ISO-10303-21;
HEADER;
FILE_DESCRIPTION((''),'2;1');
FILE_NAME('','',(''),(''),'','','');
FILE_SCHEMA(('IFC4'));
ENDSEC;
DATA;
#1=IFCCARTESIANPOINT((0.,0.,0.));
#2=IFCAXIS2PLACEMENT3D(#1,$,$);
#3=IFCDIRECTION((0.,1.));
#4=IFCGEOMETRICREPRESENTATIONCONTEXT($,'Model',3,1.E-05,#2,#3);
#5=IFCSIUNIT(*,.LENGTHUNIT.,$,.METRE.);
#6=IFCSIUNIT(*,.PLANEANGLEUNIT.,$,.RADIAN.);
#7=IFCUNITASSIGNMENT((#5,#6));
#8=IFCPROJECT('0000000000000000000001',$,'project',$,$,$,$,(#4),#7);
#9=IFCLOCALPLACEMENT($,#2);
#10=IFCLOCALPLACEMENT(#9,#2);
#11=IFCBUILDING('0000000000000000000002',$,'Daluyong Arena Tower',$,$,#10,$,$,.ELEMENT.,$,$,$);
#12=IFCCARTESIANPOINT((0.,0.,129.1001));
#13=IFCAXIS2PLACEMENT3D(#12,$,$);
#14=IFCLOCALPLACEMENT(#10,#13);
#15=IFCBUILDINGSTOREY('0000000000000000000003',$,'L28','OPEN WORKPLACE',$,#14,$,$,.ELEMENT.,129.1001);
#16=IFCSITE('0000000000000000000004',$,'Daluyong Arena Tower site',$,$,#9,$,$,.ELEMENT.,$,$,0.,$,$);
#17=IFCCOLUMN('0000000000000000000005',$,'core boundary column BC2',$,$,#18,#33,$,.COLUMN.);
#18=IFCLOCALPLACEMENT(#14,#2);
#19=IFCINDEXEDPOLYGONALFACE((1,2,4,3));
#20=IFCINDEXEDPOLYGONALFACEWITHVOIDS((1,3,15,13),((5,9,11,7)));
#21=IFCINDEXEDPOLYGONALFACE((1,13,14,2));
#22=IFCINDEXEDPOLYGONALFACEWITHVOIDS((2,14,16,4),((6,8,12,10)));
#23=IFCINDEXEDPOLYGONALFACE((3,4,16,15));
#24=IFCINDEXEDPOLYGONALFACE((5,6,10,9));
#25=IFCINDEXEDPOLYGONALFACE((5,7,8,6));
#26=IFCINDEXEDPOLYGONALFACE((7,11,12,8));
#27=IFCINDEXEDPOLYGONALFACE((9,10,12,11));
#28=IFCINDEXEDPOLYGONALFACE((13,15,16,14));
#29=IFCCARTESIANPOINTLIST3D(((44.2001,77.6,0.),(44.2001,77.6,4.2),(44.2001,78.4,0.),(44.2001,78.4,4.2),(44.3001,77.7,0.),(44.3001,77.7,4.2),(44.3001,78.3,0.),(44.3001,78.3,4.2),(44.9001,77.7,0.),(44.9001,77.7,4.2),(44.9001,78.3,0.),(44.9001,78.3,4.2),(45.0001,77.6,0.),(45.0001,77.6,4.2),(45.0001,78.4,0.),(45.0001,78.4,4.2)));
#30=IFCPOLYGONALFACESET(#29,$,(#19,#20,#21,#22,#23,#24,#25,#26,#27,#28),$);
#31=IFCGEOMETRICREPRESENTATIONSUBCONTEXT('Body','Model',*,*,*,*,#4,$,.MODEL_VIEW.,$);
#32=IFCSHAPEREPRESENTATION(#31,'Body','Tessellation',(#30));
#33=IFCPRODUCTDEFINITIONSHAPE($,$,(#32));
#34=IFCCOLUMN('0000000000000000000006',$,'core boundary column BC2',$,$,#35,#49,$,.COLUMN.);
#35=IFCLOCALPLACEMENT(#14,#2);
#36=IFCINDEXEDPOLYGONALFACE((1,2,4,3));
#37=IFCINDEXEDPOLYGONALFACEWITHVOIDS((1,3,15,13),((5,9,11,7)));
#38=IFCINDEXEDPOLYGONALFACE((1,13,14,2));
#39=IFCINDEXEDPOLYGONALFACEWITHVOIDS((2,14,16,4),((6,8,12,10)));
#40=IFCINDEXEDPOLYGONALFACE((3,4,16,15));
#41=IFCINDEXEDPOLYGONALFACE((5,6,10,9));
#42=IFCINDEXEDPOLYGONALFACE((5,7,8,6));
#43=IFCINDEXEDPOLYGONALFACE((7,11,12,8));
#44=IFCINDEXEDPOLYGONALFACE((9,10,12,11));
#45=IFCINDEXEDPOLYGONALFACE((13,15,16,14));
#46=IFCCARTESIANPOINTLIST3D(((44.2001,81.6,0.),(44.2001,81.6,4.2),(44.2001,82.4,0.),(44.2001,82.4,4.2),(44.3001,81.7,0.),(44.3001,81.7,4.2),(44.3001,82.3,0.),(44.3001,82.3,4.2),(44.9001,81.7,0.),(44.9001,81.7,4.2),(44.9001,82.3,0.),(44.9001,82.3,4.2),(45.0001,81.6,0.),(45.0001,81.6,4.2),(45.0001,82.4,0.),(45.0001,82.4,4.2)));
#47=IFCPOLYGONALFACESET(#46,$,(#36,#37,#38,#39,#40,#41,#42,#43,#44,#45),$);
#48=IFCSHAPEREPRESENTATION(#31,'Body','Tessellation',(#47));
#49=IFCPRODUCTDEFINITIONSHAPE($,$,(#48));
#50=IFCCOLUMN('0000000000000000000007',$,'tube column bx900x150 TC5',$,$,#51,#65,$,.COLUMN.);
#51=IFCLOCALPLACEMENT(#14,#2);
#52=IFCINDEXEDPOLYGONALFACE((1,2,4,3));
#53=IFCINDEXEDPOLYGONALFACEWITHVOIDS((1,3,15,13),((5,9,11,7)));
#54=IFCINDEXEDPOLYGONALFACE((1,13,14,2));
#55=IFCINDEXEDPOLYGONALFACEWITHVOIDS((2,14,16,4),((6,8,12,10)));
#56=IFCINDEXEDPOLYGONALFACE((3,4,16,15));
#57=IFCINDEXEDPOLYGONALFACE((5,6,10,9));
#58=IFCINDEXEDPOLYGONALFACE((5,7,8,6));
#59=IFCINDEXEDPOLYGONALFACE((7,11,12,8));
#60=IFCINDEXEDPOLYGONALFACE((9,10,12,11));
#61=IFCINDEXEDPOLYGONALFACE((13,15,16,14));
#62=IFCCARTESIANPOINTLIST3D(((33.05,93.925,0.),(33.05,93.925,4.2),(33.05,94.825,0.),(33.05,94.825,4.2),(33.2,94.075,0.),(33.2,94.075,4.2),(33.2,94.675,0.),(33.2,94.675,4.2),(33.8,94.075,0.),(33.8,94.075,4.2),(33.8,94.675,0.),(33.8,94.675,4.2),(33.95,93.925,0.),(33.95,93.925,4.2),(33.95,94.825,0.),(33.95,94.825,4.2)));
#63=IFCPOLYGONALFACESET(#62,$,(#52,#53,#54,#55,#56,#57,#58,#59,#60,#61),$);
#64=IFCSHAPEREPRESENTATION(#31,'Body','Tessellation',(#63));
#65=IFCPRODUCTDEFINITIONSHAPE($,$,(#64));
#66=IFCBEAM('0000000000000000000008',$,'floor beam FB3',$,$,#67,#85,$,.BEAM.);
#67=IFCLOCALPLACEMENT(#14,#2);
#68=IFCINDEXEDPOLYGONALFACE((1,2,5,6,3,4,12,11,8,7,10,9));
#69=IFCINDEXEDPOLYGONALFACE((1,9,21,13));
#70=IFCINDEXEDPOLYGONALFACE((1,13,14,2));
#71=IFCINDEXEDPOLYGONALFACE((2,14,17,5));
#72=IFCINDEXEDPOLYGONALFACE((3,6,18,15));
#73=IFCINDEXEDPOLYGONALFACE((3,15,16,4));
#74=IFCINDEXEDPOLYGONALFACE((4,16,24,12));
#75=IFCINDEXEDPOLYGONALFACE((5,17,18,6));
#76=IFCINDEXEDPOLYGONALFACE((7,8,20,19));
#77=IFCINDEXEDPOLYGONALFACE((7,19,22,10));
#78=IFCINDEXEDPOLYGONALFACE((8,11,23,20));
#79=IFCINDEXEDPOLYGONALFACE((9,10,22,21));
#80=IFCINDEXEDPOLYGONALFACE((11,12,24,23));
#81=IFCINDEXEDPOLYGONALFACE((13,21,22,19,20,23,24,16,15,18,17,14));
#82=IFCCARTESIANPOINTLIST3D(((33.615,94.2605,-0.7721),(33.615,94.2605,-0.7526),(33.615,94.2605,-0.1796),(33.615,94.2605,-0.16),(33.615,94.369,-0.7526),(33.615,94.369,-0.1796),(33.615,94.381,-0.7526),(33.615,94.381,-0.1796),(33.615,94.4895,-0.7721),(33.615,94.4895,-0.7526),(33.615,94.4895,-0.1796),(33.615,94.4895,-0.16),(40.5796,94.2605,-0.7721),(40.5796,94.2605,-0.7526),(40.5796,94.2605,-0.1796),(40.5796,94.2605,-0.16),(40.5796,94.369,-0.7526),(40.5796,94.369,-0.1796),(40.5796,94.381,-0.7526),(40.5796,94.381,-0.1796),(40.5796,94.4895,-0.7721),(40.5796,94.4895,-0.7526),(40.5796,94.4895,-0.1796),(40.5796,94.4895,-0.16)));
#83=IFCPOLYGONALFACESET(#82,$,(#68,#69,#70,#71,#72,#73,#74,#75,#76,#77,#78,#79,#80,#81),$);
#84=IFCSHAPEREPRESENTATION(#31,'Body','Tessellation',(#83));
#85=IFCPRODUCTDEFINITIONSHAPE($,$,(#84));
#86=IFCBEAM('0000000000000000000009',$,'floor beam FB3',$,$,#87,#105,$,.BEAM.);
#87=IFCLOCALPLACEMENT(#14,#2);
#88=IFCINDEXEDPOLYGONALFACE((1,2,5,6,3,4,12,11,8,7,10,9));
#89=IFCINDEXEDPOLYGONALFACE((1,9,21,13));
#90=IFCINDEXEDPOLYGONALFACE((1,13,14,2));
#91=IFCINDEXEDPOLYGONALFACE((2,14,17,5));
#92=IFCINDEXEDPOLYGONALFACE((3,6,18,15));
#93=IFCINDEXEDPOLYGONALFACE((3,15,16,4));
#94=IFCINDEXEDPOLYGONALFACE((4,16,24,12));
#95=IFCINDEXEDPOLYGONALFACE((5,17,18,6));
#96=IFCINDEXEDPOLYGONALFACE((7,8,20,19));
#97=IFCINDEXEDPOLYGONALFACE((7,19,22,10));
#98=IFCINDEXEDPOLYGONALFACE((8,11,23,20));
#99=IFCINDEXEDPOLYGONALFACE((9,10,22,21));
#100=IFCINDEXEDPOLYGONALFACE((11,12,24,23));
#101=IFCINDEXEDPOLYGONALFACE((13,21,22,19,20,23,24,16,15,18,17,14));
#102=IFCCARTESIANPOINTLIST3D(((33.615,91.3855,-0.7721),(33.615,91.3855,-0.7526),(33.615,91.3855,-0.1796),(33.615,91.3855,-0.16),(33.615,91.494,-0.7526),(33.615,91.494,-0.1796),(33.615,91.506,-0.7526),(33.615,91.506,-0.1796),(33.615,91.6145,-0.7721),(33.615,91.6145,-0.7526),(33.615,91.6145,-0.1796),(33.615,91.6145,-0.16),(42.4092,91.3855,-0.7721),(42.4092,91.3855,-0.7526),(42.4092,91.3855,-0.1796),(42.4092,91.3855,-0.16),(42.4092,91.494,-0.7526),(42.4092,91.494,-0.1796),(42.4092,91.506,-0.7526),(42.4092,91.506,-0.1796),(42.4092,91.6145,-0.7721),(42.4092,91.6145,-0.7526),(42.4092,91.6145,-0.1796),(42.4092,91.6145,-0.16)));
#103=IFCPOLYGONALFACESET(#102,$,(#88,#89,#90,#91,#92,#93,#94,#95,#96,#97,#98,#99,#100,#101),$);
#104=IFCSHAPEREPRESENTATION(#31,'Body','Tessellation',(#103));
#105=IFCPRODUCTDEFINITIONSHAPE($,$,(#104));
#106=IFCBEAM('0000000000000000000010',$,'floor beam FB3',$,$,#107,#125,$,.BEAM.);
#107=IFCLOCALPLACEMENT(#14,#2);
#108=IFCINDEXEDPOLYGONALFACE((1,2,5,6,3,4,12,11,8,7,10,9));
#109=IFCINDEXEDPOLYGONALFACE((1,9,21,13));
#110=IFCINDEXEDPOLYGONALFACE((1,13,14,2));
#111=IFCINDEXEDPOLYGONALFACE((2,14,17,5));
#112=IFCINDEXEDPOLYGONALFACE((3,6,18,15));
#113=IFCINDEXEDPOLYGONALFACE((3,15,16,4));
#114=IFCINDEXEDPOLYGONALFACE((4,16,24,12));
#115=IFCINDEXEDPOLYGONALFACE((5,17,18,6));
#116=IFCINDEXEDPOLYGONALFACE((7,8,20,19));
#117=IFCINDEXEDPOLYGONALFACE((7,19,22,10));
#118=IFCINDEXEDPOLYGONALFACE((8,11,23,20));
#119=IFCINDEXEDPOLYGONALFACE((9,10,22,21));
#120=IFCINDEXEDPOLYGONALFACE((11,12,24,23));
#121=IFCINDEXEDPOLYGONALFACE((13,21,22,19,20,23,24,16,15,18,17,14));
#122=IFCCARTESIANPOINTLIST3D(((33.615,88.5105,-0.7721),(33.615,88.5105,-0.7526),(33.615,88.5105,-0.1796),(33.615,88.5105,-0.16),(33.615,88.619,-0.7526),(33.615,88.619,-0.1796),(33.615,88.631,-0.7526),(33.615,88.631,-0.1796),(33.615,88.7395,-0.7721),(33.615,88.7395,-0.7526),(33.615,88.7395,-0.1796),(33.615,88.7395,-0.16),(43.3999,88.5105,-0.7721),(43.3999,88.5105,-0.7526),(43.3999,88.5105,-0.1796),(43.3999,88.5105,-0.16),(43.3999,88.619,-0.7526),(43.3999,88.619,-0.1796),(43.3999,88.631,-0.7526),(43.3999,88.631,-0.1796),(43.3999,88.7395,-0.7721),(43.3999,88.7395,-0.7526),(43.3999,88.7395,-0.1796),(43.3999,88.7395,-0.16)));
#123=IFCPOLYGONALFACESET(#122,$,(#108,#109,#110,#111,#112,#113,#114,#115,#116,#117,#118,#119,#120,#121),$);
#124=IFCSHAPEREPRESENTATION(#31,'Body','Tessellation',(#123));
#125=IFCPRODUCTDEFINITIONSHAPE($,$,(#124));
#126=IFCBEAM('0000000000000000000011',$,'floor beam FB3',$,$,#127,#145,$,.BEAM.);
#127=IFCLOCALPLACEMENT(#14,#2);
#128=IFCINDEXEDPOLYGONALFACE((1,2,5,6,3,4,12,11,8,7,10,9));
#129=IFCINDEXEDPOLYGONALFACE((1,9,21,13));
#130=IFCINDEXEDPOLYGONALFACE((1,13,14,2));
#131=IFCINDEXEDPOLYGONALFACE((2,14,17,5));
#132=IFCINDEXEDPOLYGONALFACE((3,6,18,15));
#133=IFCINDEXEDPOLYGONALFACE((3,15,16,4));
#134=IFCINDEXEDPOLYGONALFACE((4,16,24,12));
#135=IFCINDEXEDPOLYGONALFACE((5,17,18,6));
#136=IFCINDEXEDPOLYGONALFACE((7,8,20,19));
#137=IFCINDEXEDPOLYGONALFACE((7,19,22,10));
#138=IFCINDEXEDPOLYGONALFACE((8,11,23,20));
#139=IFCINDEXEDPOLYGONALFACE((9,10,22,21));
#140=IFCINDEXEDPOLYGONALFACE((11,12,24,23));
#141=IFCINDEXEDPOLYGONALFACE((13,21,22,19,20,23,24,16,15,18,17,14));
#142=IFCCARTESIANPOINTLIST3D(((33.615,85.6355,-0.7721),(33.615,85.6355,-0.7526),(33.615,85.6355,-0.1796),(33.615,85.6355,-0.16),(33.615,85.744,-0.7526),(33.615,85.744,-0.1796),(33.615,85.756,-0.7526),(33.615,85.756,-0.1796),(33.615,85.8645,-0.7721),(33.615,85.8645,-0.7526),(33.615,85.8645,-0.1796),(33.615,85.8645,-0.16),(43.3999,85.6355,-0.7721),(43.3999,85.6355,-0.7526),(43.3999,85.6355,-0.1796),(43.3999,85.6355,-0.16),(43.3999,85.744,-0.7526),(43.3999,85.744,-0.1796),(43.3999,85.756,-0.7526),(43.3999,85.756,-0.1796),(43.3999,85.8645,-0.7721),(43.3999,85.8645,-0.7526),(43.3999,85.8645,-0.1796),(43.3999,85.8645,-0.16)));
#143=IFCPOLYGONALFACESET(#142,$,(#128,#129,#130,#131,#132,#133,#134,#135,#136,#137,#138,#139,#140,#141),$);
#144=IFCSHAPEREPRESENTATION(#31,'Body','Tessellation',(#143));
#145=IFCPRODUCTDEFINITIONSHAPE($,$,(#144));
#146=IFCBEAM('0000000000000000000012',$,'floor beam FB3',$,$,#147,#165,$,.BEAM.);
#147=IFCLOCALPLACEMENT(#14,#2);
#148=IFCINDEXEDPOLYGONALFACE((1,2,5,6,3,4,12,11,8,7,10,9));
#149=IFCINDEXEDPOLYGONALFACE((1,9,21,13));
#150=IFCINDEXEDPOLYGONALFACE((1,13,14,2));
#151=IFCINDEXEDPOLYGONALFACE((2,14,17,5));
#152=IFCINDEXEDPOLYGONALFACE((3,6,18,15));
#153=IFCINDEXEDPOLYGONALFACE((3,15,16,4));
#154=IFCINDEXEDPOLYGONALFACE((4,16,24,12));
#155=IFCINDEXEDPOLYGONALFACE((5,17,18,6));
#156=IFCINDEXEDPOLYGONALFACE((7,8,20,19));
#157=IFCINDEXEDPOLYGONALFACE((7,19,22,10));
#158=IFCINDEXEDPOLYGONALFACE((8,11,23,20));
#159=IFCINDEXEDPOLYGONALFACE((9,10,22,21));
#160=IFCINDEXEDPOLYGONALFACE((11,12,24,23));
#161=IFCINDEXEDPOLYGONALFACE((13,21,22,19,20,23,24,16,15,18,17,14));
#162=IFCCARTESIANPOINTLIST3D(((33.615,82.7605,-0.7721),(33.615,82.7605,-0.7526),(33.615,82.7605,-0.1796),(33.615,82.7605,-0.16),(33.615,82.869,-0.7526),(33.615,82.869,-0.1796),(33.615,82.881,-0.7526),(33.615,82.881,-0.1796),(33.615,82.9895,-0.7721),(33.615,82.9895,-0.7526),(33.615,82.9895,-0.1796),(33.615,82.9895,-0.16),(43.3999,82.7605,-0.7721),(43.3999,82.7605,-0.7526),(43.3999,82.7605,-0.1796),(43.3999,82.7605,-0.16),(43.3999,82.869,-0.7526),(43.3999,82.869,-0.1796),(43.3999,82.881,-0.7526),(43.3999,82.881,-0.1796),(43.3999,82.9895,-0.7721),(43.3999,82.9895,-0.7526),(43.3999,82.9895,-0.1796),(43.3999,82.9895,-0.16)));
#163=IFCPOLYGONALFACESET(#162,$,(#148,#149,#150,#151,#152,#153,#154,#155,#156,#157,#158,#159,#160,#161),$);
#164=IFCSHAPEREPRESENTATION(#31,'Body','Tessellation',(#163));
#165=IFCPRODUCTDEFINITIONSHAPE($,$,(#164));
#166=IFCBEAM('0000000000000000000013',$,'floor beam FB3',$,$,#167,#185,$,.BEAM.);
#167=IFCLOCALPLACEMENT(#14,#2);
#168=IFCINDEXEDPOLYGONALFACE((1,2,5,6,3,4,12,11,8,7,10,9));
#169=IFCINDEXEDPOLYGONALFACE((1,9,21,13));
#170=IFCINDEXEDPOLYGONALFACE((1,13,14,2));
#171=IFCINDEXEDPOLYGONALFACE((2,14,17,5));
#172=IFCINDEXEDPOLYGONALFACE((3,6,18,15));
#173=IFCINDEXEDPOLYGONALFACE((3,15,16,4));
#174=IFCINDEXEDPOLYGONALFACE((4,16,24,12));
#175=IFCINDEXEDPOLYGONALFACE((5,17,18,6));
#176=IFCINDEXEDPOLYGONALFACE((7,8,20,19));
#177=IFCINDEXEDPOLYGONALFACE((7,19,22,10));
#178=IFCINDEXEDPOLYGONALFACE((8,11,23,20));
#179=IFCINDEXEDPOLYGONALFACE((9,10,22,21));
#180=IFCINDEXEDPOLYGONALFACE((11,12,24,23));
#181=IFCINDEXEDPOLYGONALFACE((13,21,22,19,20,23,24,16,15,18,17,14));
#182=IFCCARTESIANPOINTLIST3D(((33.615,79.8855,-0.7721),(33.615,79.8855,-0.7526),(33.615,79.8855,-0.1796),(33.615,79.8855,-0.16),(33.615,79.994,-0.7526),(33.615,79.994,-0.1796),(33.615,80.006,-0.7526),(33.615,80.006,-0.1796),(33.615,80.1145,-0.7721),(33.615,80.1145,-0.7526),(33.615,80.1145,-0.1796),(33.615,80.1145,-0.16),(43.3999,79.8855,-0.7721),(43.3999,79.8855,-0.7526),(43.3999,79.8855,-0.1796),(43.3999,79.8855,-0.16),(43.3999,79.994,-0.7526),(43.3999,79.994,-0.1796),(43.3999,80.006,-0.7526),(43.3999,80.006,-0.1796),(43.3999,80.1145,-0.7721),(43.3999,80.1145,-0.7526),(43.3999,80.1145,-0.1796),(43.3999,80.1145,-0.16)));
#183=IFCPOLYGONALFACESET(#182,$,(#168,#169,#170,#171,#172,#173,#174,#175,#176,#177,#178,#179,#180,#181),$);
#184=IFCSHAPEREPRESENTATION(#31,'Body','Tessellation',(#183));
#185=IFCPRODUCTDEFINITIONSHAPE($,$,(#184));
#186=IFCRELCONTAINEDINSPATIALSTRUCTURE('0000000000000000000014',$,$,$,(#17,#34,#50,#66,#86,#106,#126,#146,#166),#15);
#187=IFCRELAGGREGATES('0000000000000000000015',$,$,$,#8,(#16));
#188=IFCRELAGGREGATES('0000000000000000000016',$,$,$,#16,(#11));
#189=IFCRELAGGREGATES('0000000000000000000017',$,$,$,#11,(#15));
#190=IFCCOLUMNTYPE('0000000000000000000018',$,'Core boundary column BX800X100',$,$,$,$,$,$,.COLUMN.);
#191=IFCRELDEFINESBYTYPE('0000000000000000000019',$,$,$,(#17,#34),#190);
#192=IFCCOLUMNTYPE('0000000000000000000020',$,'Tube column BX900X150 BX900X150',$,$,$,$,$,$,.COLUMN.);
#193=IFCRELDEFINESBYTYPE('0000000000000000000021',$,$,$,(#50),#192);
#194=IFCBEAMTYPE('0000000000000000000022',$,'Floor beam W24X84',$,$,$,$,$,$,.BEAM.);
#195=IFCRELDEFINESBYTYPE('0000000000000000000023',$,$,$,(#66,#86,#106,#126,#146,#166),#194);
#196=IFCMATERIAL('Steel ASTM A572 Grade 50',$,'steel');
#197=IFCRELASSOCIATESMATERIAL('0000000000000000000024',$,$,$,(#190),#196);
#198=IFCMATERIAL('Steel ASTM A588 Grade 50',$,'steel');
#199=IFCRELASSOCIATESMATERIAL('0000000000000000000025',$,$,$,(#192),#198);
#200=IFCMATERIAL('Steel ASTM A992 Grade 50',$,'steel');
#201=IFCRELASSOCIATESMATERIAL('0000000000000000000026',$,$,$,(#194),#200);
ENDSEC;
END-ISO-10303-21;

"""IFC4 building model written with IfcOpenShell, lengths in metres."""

from ifc_helpers import new_model, si_unit, direction, frame, origin, origin_2d, place, context, subcontext, project, spatial, hollow_rectangle, i_section, extrude, material, material_profile, profile_set, type_object, element, save


model = new_model("IFC4")

# Units and contexts
model_context = context("Model", 3, precision=1e-05, world=origin(), true_north=direction((0.0, 1.0)))
body_context = subcontext(model_context, "Body", "Model", "MODEL_VIEW")
ifc_project = project(units=[si_unit("LENGTHUNIT", "METRE"), si_unit("PLANEANGLEUNIT", "RADIAN")], contexts=[model_context])

# Site, building, storey
site_placement = place(None, origin())
site = spatial("IfcSite", under=ifc_project, at=site_placement, Name="Daluyong Arena Tower site", CompositionType="ELEMENT", RefElevation=0.0)
building_placement = place(site_placement, origin())
building = spatial("IfcBuilding", under=site, at=building_placement, Name="Daluyong Arena Tower", CompositionType="ELEMENT")
storey_placement = place(building_placement, frame((0.0, 0.0, 129.1001)))
storey = spatial("IfcBuildingStorey", under=building, at=storey_placement, Name="L28", Description="OPEN WORKPLACE", CompositionType="ELEMENT", Elevation=129.1001)

# Columns
ifc_material_1 = material(Name="Steel ASTM A572 Grade 50", Category="steel")
ifc_material_profile_1 = material_profile(ifc_material_1, hollow_rectangle(XDim=0.8, YDim=0.8, WallThickness=0.1, at=origin_2d()))
ifc_profile_set_1 = profile_set([ifc_material_profile_1], Name="Steel ASTM A572 Grade 50")
column_type_1 = type_object("IfcColumnType", Name="Core boundary column BX800X100", PredefinedType="COLUMN", material=ifc_profile_set_1)
for number, where, z_axis, x_axis, name in (
    (1, (44.6001, 78.0, 0.0), (0.0, 0.0, 1.0), (1.0, 0.0, 0.0), "core boundary column BC2"),
    (2, (44.6001, 82.0, 0.0), (0.0, 0.0, 1.0), (1.0, 0.0, 0.0), "core boundary column BC2"),
):
    element("IfcColumn", number, at=place(storey_placement, frame(where, z_axis=z_axis, x_axis=x_axis)), inside=storey, type_object=column_type_1, Name=name, PredefinedType="COLUMN", context=body_context, shape_type="SweptSolid", body=[
        extrude(hollow_rectangle(XDim=0.8, YDim=0.8, WallThickness=0.1, at=origin_2d()), origin(), (0.0, 0.0, 1.0), 4.2),
    ])
ifc_material_2 = material(Name="Steel ASTM A588 Grade 50", Category="steel")
ifc_material_profile_2 = material_profile(ifc_material_2, hollow_rectangle(XDim=0.8999, YDim=0.8999, WallThickness=0.15, at=origin_2d()))
ifc_profile_set_2 = profile_set([ifc_material_profile_2], Name="Steel ASTM A588 Grade 50")
column_type_2 = type_object("IfcColumnType", Name="Tube column BX900X150 BX900X150", PredefinedType="COLUMN", material=ifc_profile_set_2)
column_placement = place(storey_placement, frame((33.5, 94.375, 0.0), z_axis=(0.0, 0.0, 1.0), x_axis=(0.0, 1.0, 0.0)))
element("IfcColumn", 3, at=column_placement, inside=storey, type_object=column_type_2, Name="tube column bx900x150 TC5", PredefinedType="COLUMN", context=body_context, shape_type="SweptSolid", body=[
    extrude(hollow_rectangle(XDim=0.8999, YDim=0.8999, WallThickness=0.15, at=origin_2d()), origin(), (0.0, 0.0, 1.0), 4.2),
])

# Beams
ifc_material_3 = material(Name="Steel ASTM A992 Grade 50", Category="steel")
ifc_material_profile_3 = material_profile(ifc_material_3, i_section(OverallWidth=0.229, OverallDepth=0.6121, WebThickness=0.012, FlangeThickness=0.0195, at=origin_2d()))
ifc_profile_set_3 = profile_set([ifc_material_profile_3], Name="Steel ASTM A992 Grade 50")
beam_type_1 = type_object("IfcBeamType", Name="Floor beam W24X84", PredefinedType="BEAM", material=ifc_profile_set_3)
beam_1_placement = place(storey_placement, frame((33.615, 94.375, -0.4661), z_axis=(1.0, 0.0, 0.0), x_axis=(0.0, 1.0, 0.0)))
element("IfcBeam", 4, at=beam_1_placement, inside=storey, type_object=beam_type_1, Name="floor beam FB3", PredefinedType="BEAM", context=body_context, shape_type="SweptSolid", body=[
    extrude(i_section(OverallWidth=0.229, OverallDepth=0.6121, WebThickness=0.012, FlangeThickness=0.0195, at=origin_2d()), origin(), (0.0, 0.0, 1.0), 6.9646),
])
beam_2_placement = place(storey_placement, frame((33.615, 91.5, -0.4661), z_axis=(1.0, 0.0, 0.0), x_axis=(0.0, 1.0, 0.0)))
element("IfcBeam", 5, at=beam_2_placement, inside=storey, type_object=beam_type_1, Name="floor beam FB3", PredefinedType="BEAM", context=body_context, shape_type="SweptSolid", body=[
    extrude(i_section(OverallWidth=0.229, OverallDepth=0.6121, WebThickness=0.012, FlangeThickness=0.0195, at=origin_2d()), origin(), (0.0, 0.0, 1.0), 8.7942),
])
for number, where, z_axis, x_axis, name in (
    (6, (33.615, 88.625, -0.4661), (1.0, 0.0, 0.0), (0.0, 1.0, 0.0), "floor beam FB3"),
    (7, (33.615, 85.75, -0.4661), (1.0, 0.0, 0.0), (0.0, 1.0, 0.0), "floor beam FB3"),
    (8, (33.615, 82.875, -0.4661), (1.0, 0.0, 0.0), (0.0, 1.0, 0.0), "floor beam FB3"),
    (9, (33.615, 80.0, -0.4661), (1.0, 0.0, 0.0), (0.0, 1.0, 0.0), "floor beam FB3"),
):
    element("IfcBeam", number, at=place(storey_placement, frame(where, z_axis=z_axis, x_axis=x_axis)), inside=storey, type_object=beam_type_1, Name=name, PredefinedType="BEAM", context=body_context, shape_type="SweptSolid", body=[
        extrude(i_section(OverallWidth=0.229, OverallDepth=0.6121, WebThickness=0.012, FlangeThickness=0.0195, at=origin_2d()), origin(), (0.0, 0.0, 1.0), 9.7849),
    ])

save(model, "model.ifc")
